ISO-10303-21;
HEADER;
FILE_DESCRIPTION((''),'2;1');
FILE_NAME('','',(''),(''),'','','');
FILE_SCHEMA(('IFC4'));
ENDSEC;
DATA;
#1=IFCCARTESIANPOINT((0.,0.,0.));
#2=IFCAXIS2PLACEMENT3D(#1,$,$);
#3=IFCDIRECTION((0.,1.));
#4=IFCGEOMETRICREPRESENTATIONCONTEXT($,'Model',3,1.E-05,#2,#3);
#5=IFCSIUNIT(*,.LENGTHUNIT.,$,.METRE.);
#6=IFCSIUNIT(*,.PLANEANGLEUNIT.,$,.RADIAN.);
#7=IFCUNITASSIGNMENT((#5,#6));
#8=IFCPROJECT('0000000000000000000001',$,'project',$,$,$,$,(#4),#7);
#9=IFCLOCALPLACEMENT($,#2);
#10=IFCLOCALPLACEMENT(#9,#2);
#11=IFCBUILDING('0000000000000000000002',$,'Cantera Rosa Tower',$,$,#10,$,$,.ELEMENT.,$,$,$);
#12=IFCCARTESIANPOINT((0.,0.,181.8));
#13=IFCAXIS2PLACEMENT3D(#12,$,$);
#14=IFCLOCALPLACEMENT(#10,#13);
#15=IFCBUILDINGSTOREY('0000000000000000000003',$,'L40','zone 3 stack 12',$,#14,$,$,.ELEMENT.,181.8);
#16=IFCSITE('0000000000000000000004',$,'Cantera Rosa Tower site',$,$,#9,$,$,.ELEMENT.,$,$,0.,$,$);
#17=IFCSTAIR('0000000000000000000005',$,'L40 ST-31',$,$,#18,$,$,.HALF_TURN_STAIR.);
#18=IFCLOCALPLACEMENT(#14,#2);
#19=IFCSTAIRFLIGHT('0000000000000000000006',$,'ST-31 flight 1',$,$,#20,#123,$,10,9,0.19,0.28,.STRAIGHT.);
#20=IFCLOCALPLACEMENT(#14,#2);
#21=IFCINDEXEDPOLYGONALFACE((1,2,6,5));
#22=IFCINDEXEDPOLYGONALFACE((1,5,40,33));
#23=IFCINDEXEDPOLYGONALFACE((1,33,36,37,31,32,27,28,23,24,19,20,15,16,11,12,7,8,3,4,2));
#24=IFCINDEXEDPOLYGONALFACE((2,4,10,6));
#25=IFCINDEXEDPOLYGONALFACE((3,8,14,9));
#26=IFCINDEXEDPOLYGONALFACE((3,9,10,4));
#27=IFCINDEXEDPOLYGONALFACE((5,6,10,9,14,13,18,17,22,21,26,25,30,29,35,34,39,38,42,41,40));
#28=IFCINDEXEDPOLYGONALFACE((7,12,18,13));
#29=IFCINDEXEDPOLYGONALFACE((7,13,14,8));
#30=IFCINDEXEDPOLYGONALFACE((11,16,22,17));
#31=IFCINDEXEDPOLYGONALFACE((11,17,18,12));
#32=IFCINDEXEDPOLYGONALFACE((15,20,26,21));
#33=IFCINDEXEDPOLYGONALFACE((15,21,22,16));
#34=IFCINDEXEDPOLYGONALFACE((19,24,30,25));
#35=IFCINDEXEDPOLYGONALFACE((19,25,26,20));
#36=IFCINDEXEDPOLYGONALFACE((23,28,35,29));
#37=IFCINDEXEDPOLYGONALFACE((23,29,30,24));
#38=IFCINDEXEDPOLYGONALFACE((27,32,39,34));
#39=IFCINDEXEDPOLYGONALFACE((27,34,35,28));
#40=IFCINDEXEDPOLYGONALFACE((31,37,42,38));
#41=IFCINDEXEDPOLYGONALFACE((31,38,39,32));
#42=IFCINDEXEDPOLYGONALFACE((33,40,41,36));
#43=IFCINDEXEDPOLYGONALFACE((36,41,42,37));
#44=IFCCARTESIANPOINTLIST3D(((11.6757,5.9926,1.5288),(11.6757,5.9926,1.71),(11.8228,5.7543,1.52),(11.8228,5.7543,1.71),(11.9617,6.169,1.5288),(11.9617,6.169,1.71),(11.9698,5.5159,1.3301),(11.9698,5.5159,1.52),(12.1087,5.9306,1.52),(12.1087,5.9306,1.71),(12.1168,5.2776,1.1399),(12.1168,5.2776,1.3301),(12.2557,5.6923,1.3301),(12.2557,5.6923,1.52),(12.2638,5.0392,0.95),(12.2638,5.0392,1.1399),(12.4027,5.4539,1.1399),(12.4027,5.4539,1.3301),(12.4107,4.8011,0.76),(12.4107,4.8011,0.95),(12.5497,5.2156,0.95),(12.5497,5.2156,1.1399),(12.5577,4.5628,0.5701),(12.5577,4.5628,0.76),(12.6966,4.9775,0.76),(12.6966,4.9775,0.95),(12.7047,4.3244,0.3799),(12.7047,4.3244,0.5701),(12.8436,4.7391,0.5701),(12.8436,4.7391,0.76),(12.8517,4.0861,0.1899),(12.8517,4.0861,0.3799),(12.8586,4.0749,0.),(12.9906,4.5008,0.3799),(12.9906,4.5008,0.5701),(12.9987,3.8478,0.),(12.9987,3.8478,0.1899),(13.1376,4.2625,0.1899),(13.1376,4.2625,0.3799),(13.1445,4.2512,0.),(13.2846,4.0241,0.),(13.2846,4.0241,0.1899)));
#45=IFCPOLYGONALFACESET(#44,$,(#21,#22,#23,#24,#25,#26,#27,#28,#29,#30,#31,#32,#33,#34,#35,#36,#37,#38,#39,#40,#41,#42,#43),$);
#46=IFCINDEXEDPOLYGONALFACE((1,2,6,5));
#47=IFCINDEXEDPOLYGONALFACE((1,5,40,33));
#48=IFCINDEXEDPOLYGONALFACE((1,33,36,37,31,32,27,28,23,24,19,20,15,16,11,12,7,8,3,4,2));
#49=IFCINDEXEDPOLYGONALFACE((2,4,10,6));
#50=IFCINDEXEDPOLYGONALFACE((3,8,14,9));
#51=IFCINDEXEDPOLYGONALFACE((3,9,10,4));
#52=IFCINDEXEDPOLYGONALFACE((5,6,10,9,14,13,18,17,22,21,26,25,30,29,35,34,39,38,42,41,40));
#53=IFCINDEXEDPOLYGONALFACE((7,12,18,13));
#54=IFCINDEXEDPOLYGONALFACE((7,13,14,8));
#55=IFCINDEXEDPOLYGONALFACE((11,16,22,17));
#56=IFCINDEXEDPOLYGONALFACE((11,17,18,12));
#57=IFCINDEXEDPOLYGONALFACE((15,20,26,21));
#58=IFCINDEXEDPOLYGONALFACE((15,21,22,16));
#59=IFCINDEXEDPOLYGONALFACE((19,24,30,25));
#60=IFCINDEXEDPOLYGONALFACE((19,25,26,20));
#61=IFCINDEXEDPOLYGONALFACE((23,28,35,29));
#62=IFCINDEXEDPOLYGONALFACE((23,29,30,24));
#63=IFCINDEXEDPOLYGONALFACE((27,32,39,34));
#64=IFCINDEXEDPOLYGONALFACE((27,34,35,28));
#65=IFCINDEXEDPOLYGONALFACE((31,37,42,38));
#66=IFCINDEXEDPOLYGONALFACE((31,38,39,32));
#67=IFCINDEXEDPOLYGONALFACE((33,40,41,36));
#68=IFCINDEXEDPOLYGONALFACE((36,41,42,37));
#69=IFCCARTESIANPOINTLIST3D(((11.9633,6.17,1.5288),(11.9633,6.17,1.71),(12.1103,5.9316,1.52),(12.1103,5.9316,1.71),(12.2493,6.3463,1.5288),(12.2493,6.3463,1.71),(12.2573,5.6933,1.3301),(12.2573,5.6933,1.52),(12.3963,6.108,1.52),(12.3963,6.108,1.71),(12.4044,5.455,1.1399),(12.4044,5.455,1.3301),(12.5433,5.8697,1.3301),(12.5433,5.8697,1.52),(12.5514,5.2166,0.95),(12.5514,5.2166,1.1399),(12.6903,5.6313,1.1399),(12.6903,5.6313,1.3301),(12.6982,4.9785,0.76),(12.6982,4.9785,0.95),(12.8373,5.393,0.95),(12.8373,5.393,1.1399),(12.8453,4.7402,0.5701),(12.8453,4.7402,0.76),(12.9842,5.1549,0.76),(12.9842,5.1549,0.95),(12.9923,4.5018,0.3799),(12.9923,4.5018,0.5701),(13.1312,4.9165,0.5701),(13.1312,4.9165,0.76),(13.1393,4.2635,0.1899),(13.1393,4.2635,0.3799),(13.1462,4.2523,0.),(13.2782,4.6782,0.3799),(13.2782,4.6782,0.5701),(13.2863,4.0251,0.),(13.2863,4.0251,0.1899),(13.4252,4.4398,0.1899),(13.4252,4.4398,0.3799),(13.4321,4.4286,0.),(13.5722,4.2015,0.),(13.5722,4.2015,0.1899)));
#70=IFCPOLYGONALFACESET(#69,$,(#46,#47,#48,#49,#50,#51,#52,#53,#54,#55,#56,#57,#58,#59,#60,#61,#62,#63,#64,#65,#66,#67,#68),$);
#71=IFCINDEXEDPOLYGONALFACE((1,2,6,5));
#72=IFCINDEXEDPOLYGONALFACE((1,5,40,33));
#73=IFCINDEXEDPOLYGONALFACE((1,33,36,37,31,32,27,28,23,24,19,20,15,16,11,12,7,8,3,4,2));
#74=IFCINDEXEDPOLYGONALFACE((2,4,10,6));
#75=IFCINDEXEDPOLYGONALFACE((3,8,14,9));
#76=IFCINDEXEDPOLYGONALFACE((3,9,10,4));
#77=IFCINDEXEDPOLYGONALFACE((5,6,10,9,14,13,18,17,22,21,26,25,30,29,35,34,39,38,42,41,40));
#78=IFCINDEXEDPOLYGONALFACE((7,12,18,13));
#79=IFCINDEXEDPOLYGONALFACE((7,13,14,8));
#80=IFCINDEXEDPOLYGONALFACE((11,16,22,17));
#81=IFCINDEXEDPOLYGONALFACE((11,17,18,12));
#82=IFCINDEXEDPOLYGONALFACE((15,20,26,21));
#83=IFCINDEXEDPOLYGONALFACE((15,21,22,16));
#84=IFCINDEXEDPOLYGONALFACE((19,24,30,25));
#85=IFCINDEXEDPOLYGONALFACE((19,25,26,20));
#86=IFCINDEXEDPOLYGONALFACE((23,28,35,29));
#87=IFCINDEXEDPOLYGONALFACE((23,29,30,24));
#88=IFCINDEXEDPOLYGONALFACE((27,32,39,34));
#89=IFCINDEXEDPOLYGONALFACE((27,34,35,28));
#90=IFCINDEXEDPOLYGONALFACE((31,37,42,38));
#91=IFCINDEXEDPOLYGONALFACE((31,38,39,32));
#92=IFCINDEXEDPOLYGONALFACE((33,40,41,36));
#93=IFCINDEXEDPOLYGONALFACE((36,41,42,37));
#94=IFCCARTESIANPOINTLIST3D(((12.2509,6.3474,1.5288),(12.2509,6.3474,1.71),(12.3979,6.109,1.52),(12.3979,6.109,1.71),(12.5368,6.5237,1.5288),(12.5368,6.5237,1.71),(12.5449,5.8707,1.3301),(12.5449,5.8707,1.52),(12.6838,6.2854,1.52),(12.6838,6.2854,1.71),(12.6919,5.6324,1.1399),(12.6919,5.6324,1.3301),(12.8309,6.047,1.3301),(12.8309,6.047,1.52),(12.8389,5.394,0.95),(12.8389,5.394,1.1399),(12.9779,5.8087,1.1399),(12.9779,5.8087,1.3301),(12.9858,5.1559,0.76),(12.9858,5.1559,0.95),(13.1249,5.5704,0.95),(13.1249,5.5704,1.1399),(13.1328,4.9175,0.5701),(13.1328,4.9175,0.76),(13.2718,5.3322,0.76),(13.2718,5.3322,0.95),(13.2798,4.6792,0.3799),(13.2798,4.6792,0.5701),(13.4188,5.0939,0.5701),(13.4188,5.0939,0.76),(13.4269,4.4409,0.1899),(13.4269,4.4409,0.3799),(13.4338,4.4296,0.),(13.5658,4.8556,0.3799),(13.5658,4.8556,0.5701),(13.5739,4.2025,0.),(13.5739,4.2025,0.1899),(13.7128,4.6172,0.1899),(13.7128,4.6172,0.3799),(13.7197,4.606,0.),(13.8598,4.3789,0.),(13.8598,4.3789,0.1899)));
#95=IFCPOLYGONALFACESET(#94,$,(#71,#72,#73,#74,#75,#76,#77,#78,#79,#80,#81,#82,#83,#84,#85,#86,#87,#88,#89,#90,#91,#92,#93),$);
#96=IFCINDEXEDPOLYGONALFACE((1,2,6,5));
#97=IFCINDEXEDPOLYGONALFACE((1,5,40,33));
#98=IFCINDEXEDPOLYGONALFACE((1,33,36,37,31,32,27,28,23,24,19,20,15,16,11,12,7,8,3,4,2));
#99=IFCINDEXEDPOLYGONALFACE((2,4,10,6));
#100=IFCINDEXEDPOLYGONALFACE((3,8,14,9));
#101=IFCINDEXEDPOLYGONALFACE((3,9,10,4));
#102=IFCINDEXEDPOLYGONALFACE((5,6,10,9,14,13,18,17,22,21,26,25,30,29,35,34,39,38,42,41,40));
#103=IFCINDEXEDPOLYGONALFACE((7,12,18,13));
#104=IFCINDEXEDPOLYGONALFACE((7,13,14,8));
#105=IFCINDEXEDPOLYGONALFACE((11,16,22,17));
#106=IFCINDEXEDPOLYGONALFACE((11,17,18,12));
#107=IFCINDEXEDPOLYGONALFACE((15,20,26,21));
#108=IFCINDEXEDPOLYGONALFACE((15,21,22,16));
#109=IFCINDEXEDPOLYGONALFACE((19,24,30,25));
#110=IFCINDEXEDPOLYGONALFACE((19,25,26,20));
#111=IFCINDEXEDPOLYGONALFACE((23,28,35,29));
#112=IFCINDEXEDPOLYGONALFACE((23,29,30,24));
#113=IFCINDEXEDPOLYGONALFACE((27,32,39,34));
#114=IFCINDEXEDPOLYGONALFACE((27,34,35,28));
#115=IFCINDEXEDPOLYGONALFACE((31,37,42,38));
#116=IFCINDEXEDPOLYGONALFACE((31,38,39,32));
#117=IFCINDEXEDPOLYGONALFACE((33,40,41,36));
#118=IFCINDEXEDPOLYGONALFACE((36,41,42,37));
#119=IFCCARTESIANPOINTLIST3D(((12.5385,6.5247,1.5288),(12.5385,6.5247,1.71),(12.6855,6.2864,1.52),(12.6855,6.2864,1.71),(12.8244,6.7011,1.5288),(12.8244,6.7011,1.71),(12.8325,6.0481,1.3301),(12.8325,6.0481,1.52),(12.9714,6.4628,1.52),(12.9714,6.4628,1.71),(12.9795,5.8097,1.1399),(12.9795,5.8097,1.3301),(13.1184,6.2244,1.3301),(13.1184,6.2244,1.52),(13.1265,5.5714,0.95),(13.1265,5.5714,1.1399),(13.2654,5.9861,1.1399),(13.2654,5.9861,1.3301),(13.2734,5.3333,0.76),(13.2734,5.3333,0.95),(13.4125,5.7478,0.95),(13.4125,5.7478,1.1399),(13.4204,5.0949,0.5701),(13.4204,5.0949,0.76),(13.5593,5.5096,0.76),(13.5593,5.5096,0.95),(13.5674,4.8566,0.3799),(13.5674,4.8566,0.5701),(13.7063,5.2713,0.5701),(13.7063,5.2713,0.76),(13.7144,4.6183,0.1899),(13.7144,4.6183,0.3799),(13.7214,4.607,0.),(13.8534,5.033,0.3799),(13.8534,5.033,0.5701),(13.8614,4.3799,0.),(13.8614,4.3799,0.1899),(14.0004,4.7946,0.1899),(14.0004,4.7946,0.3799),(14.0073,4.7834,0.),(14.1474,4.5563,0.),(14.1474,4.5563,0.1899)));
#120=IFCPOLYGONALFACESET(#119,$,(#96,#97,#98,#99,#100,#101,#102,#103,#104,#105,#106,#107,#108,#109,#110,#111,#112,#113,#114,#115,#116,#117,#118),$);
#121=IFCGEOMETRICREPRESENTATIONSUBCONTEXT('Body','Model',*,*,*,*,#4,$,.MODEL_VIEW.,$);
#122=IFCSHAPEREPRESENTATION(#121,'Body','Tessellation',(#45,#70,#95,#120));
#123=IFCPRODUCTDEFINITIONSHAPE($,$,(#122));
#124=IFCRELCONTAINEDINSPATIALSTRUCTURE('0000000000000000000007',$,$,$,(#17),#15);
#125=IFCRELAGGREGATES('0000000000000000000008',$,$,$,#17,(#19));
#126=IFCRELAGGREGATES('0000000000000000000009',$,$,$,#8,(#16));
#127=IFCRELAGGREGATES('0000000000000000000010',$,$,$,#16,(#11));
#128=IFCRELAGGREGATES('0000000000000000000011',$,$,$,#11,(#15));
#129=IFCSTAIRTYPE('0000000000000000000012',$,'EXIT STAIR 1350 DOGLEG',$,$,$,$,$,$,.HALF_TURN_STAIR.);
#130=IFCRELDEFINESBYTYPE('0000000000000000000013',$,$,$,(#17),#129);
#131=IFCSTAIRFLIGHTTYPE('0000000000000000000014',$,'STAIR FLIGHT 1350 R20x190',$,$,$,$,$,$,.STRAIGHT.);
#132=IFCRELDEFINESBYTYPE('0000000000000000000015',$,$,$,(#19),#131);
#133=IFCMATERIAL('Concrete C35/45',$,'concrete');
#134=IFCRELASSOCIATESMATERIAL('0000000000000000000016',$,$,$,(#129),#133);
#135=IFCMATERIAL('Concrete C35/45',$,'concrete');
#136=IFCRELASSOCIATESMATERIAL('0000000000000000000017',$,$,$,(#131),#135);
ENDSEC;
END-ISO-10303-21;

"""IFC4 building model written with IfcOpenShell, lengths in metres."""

from ifc_helpers import new_model, si_unit, direction, frame, origin, place, context, subcontext, project, spatial, polyline, outline, extrude, material, type_object, element, aggregate, save


model = new_model("IFC4")

# Units and contexts
model_context = context("Model", 3, precision=1e-05, world=origin(), true_north=direction((0.0, 1.0)))
body_context = subcontext(model_context, "Body", "Model", "MODEL_VIEW")
ifc_project = project(units=[si_unit("LENGTHUNIT", "METRE"), si_unit("PLANEANGLEUNIT", "RADIAN")], contexts=[model_context])

# Site, building, storey
site_placement = place(None, origin())
site = spatial("IfcSite", under=ifc_project, at=site_placement, Name="Cantera Rosa Tower site", CompositionType="ELEMENT", RefElevation=0.0)
building_placement = place(site_placement, origin())
building = spatial("IfcBuilding", under=site, at=building_placement, Name="Cantera Rosa Tower", CompositionType="ELEMENT")
storey_placement = place(building_placement, frame((0.0, 0.0, 181.8)))
storey = spatial("IfcBuildingStorey", under=building, at=storey_placement, Name="L40", Description="zone 3 stack 12", CompositionType="ELEMENT", Elevation=181.8)

# Stair, stair flight
ifc_material_1 = material(Name="Concrete C35/45", Category="concrete")
stair_type = type_object("IfcStairType", Name="EXIT STAIR 1350 DOGLEG", PredefinedType="HALF_TURN_STAIR", material=ifc_material_1)
stair_1_placement = place(storey_placement, origin())
stair_1 = element("IfcStair", 1, at=stair_1_placement, inside=storey, type_object=stair_type, Name="L40 ST-31", PredefinedType="HALF_TURN_STAIR")
ifc_material_2 = material(Name="Concrete C35/45", Category="concrete")
stair_flight_type = type_object("IfcStairFlightType", Name="STAIR FLIGHT 1350 R20x190", PredefinedType="STRAIGHT", material=ifc_material_2)
stair_flight_1_placement = place(storey_placement, frame((13.5732, 4.2021, 0.0), z_axis=(0.0, 0.0, 1.0), x_axis=(-0.524977, 0.851117, 0.0)))
stair_flight_1 = element("IfcStairFlight", 2, at=stair_flight_1_placement, type_object=stair_flight_type, Name="ST-31 flight 1", NumberOfRisers=10, NumberOfTreads=9, PredefinedType="STRAIGHT", RiserHeight=0.19, TreadLength=0.28, context=body_context, shape_type="SweptSolid", body=[
    extrude(outline(polyline([(0.0, 0.0), (0.0, 0.1899), (0.28, 0.1899), (0.28, 0.3799), (0.5601, 0.3799), (0.5601, 0.5701), (0.8401, 0.5701), (0.8401, 0.76), (1.1201, 0.76), (1.1201, 0.95), (1.3999, 0.95), (1.3999, 1.1399), (1.6799, 1.1399), (1.6799, 1.3301), (1.96, 1.3301), (1.96, 1.52), (2.24, 1.52), (2.24, 1.71), (2.52, 1.71), (2.52, 1.8999), (2.52, 1.5288), (0.2668, 0.0), (0.0, 0.0)])), frame((0.0, 0.675, 0.0), z_axis=(0.0, -1.0, 0.0), x_axis=(1.0, 0.0, 0.0)), (0.0, 0.0, 1.0), 0.3359),
    extrude(outline(polyline([(0.0, 0.0), (0.0, 0.1899), (0.28, 0.1899), (0.28, 0.3799), (0.5601, 0.3799), (0.5601, 0.5701), (0.8401, 0.5701), (0.8401, 0.76), (1.1201, 0.76), (1.1201, 0.95), (1.3999, 0.95), (1.3999, 1.1399), (1.6799, 1.1399), (1.6799, 1.3301), (1.96, 1.3301), (1.96, 1.52), (2.24, 1.52), (2.24, 1.71), (2.52, 1.71), (2.52, 1.8999), (2.52, 1.5288), (0.2668, 0.0), (0.0, 0.0)])), frame((0.0, 0.3372, 0.0), z_axis=(0.0, -1.0, 0.0), x_axis=(1.0, 0.0, 0.0)), (0.0, 0.0, 1.0), 0.3359),
    extrude(outline(polyline([(0.0, 0.0), (0.0, 0.1899), (0.28, 0.1899), (0.28, 0.3799), (0.5601, 0.3799), (0.5601, 0.5701), (0.8401, 0.5701), (0.8401, 0.76), (1.1201, 0.76), (1.1201, 0.95), (1.3999, 0.95), (1.3999, 1.1399), (1.6799, 1.1399), (1.6799, 1.3301), (1.96, 1.3301), (1.96, 1.52), (2.24, 1.52), (2.24, 1.71), (2.52, 1.71), (2.52, 1.8999), (2.52, 1.5288), (0.2668, 0.0), (0.0, 0.0)])), frame((0.0, -0.0007, 0.0), z_axis=(0.0, -1.0, 0.0), x_axis=(1.0, 0.0, 0.0)), (0.0, 0.0, 1.0), 0.3359),
    extrude(outline(polyline([(0.0, 0.0), (0.0, 0.1899), (0.28, 0.1899), (0.28, 0.3799), (0.5601, 0.3799), (0.5601, 0.5701), (0.8401, 0.5701), (0.8401, 0.76), (1.1201, 0.76), (1.1201, 0.95), (1.3999, 0.95), (1.3999, 1.1399), (1.6799, 1.1399), (1.6799, 1.3301), (1.96, 1.3301), (1.96, 1.52), (2.24, 1.52), (2.24, 1.71), (2.52, 1.71), (2.52, 1.8999), (2.52, 1.5288), (0.2668, 0.0), (0.0, 0.0)])), frame((0.0, -0.3386, 0.0), z_axis=(0.0, -1.0, 0.0), x_axis=(1.0, 0.0, 0.0)), (0.0, 0.0, 1.0), 0.3359),
])
aggregate(stair_1, [stair_flight_1])

save(model, "model.ifc")
